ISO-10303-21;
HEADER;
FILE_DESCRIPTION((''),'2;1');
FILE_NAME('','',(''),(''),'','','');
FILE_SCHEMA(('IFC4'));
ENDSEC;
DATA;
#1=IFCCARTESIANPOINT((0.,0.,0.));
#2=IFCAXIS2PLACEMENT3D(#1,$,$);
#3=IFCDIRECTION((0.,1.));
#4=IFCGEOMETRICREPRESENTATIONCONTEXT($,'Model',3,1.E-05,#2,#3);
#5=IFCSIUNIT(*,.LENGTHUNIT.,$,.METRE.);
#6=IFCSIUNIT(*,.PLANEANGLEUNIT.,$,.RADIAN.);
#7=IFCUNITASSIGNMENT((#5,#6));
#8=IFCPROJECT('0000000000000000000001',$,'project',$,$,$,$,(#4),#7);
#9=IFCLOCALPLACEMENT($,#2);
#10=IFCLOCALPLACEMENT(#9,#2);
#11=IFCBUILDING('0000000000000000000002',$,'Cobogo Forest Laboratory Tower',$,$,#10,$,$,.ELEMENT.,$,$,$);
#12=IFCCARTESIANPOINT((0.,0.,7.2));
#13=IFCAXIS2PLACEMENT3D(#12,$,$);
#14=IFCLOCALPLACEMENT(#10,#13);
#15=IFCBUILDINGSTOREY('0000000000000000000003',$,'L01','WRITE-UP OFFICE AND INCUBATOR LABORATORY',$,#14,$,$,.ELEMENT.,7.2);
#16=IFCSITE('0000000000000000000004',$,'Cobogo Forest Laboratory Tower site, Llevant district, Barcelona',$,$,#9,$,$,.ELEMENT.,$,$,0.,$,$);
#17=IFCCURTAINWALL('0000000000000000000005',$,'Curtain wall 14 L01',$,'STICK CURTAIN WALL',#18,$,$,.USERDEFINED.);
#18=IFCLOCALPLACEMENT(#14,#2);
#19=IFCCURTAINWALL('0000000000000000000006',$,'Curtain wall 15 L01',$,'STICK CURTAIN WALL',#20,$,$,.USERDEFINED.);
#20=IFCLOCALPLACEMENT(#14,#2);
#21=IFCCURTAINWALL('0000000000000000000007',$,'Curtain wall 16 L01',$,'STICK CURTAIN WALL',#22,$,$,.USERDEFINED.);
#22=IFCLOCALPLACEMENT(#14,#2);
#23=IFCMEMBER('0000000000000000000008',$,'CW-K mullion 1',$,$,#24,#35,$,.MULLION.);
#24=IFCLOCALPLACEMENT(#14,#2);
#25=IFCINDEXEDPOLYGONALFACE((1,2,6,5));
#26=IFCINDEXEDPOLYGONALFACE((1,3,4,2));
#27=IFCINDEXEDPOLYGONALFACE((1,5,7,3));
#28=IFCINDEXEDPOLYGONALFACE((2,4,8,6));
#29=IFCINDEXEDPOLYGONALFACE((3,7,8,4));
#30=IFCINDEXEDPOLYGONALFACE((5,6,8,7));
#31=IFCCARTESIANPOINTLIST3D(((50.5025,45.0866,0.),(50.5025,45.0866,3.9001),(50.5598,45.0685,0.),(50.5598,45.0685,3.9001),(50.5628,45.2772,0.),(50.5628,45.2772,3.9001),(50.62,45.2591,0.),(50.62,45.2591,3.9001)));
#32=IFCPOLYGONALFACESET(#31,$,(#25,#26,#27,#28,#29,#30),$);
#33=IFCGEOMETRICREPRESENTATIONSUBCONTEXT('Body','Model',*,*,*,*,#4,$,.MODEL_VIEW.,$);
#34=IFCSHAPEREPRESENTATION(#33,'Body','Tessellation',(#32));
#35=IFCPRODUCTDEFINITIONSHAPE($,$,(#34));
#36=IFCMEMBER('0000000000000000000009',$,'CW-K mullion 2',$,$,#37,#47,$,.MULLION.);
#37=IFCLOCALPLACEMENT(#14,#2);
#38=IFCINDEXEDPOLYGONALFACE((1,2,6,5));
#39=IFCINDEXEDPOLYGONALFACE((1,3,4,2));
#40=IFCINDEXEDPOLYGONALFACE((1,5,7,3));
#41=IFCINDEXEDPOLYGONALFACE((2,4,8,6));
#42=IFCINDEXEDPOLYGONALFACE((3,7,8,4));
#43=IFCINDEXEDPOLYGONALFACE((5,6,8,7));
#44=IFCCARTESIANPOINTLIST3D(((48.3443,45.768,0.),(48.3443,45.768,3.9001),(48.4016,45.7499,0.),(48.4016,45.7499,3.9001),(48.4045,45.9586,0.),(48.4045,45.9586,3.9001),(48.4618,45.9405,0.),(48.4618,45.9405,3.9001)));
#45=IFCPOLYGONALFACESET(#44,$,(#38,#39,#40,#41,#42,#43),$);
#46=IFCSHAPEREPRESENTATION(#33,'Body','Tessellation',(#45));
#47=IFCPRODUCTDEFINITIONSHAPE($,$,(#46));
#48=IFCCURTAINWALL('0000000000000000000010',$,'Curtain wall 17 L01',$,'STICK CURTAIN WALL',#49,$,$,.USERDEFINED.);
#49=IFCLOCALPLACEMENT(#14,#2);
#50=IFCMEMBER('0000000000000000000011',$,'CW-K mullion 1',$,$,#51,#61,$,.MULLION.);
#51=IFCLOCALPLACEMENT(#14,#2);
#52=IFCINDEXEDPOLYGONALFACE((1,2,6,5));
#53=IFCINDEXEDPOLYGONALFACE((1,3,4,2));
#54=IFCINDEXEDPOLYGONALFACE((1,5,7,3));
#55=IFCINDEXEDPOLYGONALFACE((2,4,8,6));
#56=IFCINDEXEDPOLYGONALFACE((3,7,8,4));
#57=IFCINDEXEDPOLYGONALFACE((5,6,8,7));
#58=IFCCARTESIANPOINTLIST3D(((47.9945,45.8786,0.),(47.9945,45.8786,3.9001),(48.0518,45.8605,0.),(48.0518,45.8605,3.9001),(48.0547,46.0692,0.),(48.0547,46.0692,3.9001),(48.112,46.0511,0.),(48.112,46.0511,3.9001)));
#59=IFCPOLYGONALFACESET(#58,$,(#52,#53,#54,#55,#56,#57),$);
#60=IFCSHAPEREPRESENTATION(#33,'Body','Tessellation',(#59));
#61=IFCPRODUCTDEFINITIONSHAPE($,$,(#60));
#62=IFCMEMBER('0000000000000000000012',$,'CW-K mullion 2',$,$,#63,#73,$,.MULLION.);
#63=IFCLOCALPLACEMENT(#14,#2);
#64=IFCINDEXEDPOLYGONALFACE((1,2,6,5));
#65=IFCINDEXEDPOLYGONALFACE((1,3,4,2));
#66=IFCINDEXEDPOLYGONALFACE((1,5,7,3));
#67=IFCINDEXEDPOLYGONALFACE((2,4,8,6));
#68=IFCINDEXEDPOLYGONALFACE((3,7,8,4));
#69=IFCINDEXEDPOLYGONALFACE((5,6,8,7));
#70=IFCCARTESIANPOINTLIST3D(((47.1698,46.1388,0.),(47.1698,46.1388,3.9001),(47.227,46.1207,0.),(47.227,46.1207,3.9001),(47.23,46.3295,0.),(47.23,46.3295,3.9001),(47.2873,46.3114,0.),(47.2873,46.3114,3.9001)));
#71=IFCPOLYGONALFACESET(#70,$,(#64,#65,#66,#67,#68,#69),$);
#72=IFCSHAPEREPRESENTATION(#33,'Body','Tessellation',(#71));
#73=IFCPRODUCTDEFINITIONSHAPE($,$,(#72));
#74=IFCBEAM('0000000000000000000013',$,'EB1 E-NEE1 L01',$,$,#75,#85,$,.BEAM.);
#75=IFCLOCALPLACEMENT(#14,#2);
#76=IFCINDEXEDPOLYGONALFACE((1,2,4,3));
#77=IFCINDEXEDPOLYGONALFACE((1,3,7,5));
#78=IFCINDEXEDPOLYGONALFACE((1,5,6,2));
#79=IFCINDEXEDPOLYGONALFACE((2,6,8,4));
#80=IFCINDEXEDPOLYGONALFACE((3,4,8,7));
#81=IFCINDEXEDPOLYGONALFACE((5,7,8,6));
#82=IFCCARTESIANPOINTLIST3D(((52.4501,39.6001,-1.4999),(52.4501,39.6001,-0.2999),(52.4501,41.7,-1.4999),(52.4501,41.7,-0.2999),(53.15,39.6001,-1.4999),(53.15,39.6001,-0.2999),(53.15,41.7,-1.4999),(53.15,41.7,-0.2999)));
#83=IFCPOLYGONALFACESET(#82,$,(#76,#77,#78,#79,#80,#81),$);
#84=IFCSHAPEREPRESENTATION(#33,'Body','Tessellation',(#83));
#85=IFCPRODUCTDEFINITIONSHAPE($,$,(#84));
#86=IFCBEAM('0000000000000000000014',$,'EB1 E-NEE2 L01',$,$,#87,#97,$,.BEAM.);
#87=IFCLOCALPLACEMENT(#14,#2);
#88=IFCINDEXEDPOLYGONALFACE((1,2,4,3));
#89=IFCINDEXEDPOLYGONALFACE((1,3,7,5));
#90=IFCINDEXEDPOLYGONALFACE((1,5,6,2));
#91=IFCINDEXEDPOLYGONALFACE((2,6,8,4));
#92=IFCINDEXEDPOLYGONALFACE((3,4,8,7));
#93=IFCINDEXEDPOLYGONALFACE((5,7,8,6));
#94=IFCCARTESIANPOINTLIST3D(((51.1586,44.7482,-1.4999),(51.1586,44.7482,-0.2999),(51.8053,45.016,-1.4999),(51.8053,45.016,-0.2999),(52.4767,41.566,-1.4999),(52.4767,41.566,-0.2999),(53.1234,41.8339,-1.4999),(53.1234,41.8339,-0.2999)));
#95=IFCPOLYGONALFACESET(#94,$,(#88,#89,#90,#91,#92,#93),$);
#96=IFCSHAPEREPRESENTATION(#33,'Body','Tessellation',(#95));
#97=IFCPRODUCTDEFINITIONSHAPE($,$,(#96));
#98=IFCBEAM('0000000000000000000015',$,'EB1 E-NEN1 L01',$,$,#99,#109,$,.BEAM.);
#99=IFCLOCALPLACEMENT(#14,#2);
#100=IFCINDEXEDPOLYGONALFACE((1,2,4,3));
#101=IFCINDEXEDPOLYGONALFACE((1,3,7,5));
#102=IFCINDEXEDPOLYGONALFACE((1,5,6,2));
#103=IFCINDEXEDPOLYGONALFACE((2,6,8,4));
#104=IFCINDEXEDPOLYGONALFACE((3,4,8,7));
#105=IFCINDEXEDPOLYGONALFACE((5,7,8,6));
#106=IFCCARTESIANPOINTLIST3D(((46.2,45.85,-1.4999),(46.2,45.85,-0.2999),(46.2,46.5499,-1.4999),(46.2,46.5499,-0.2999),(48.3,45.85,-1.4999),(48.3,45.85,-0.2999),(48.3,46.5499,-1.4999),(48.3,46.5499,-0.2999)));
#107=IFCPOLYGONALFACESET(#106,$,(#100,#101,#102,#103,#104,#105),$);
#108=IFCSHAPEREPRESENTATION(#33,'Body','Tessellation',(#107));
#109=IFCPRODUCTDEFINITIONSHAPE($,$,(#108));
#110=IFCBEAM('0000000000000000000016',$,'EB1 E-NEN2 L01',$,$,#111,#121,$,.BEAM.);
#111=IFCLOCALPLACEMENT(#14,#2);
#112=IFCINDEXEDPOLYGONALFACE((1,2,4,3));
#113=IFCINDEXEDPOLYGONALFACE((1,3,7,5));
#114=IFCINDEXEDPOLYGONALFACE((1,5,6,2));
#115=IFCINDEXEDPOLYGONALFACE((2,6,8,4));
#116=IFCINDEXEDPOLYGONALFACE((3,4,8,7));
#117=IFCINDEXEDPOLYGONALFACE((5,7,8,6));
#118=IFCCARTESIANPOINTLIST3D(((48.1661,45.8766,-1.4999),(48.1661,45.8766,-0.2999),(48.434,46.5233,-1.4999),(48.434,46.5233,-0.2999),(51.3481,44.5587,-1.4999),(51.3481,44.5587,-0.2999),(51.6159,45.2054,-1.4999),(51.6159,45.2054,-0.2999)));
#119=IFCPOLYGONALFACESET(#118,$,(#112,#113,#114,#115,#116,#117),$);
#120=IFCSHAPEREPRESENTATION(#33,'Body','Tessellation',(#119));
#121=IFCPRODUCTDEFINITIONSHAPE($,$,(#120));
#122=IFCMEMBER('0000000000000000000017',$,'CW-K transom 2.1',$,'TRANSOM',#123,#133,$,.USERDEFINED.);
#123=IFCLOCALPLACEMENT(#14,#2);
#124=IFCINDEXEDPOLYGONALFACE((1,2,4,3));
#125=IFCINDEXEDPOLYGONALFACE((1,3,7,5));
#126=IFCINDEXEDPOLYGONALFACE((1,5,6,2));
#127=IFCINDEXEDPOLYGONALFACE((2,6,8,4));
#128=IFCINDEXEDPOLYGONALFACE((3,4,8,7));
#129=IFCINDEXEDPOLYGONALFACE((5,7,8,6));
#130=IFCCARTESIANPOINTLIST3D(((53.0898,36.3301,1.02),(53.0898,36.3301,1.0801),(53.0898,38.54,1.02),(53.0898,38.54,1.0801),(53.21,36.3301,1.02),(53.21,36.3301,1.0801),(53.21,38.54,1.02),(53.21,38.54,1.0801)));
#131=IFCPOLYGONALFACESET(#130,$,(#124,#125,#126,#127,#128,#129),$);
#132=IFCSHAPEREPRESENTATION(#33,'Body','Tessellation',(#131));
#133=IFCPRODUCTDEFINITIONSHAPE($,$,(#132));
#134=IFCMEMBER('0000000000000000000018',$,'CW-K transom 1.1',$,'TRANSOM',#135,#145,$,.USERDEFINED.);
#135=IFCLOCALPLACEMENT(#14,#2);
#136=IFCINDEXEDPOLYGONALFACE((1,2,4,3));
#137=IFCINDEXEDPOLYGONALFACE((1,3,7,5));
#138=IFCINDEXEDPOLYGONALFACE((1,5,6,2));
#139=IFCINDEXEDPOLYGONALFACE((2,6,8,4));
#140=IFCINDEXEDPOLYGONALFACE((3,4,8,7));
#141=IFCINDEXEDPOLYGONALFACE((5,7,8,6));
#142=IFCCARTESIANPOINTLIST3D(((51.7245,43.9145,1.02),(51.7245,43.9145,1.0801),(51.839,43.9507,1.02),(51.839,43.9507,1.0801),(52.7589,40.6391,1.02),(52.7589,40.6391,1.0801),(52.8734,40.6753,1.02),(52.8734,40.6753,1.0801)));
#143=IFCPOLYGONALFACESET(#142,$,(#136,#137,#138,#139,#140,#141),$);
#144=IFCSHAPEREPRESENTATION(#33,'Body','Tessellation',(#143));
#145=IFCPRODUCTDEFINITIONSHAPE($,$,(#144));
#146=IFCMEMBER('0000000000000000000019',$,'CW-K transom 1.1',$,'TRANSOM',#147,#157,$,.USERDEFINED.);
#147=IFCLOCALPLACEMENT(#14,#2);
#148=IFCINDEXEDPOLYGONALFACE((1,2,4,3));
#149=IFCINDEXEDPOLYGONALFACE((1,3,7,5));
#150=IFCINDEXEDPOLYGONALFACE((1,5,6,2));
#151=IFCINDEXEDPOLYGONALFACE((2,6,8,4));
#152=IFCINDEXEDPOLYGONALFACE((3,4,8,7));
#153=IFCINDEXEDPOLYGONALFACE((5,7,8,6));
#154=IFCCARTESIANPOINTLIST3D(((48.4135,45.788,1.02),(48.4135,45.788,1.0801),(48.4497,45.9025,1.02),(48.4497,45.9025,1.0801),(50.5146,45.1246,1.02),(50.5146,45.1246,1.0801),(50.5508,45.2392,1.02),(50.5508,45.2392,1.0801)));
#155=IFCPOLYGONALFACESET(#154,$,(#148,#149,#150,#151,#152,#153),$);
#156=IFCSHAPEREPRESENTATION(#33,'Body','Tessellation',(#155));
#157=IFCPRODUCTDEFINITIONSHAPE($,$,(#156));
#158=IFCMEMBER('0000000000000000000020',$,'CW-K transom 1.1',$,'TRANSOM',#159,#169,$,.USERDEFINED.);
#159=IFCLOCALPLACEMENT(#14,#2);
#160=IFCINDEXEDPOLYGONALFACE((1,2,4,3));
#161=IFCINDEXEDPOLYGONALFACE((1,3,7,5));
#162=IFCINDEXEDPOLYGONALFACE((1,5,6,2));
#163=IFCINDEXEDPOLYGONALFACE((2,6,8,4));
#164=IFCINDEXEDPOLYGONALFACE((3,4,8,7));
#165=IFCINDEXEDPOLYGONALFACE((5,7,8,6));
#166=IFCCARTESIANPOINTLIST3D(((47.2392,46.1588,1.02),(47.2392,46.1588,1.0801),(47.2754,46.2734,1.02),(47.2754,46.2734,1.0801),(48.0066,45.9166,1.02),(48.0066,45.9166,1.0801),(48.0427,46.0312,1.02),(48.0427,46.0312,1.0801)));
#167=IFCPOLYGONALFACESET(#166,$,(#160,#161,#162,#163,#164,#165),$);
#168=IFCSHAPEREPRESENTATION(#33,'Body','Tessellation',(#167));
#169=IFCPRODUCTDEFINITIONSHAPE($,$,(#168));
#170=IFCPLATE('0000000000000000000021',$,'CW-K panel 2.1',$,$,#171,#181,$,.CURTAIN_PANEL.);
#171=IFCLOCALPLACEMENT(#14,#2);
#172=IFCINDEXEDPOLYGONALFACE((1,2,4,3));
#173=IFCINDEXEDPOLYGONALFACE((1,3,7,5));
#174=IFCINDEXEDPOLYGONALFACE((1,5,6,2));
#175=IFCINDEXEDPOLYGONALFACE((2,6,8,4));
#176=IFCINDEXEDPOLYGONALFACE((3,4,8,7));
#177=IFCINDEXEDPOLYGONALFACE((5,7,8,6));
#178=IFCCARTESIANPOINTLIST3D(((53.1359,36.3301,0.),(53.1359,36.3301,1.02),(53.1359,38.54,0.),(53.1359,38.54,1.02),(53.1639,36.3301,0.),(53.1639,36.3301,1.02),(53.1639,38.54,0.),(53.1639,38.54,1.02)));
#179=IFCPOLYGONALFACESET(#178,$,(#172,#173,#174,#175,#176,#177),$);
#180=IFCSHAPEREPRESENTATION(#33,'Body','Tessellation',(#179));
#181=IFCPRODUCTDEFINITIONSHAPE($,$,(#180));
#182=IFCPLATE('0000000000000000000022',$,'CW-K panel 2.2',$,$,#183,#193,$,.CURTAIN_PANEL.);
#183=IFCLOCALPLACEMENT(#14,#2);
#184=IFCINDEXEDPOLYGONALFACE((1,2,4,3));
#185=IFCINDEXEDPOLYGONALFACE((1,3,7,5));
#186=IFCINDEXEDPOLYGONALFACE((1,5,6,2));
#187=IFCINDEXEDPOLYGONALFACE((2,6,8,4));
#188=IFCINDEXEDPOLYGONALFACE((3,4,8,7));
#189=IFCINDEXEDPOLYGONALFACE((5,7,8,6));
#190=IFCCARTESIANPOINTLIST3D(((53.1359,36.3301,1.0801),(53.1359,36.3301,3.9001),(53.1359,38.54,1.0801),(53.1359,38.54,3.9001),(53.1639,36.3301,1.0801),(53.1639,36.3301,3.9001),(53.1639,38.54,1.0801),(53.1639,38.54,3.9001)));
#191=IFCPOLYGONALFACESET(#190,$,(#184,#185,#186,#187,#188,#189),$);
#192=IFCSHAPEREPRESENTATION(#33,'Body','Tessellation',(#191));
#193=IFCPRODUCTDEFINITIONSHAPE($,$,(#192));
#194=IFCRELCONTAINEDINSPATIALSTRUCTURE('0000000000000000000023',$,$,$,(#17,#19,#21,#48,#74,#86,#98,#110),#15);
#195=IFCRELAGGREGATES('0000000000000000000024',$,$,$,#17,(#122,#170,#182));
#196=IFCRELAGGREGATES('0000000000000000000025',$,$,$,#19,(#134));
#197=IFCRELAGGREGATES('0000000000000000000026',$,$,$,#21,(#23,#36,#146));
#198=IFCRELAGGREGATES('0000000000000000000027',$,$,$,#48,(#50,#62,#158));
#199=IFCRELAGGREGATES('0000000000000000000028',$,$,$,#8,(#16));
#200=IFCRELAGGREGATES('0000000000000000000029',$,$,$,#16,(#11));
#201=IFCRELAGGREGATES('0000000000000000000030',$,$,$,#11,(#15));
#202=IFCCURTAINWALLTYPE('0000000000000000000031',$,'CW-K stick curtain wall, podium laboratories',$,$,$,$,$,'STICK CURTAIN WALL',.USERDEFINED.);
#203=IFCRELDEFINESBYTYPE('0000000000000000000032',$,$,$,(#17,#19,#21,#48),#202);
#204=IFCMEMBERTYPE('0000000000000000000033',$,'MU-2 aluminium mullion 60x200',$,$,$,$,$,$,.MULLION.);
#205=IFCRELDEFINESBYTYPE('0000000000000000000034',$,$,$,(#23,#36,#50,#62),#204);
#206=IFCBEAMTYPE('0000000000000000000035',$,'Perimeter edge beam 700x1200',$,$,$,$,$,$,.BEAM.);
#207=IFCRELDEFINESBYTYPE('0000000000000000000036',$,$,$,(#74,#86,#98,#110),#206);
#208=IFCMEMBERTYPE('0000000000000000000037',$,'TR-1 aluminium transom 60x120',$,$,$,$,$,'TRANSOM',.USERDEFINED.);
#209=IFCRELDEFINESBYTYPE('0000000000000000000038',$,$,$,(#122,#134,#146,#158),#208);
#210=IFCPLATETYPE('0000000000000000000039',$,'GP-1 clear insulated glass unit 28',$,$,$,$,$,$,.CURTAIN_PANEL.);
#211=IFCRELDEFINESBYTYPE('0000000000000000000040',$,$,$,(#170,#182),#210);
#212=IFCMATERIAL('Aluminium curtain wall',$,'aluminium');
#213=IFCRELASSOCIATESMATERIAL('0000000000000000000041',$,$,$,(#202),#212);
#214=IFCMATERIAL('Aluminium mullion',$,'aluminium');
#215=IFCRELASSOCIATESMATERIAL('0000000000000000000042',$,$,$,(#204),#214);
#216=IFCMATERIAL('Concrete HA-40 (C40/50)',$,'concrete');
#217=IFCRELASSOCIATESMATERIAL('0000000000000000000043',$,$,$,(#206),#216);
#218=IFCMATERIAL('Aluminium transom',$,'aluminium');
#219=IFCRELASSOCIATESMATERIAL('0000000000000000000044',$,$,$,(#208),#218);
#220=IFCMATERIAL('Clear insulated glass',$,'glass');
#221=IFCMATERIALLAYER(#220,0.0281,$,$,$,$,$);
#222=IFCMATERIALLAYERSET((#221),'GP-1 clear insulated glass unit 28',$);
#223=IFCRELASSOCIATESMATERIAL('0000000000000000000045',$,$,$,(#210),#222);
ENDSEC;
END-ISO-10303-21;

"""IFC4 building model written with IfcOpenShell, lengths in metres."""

from ifc_helpers import new_model, si_unit, direction, frame, origin, origin_2d, place, context, subcontext, project, spatial, rectangle, extrude, material, layer, layer_set, material_profile, profile_set, type_object, element, aggregate, save


model = new_model("IFC4")

# Units and contexts
model_context = context("Model", 3, precision=1e-05, world=origin(), true_north=direction((0.0, 1.0)))
body_context = subcontext(model_context, "Body", "Model", "MODEL_VIEW")
ifc_project = project(units=[si_unit("LENGTHUNIT", "METRE"), si_unit("PLANEANGLEUNIT", "RADIAN")], contexts=[model_context])

# Site, building, storey
site_placement = place(None, origin())
site = spatial("IfcSite", under=ifc_project, at=site_placement, Name="Cobogo Forest Laboratory Tower site, Llevant district, Barcelona", CompositionType="ELEMENT", RefElevation=0.0)
building_placement = place(site_placement, origin())
building = spatial("IfcBuilding", under=site, at=building_placement, Name="Cobogo Forest Laboratory Tower", CompositionType="ELEMENT")
storey_placement = place(building_placement, frame((0.0, 0.0, 7.2)))
storey = spatial("IfcBuildingStorey", under=building, at=storey_placement, Name="L01", Description="WRITE-UP OFFICE AND INCUBATOR LABORATORY", CompositionType="ELEMENT", Elevation=7.2)

# Shared definitions
ifc_material_1 = material(Name="Concrete HA-40 (C40/50)", Category="concrete")

# Curtain wall
ifc_material_2 = material(Name="Aluminium curtain wall", Category="aluminium")
curtain_wall_type = type_object("IfcCurtainWallType", Name="CW-K stick curtain wall, podium laboratories", ElementType="STICK CURTAIN WALL", PredefinedType="USERDEFINED", material=ifc_material_2)
curtain_wall_1_placement = place(storey_placement, origin())
curtain_wall_1 = element("IfcCurtainWall", 1, at=curtain_wall_1_placement, inside=storey, type_object=curtain_wall_type, Name="Curtain wall 14 L01", ObjectType="STICK CURTAIN WALL", PredefinedType="USERDEFINED")
ifc_material_3 = material(Name="Aluminium mullion", Category="aluminium")
ifc_material_profile_1 = material_profile(ifc_material_3, rectangle(XDim=0.0601, YDim=0.2, at=origin_2d()), Name="AL 60x200")
ifc_profile_set_1 = profile_set([ifc_material_profile_1], Name="Aluminium mullion")
member_type_1 = type_object("IfcMemberType", Name="MU-2 aluminium mullion 60x200", PredefinedType="MULLION", material=ifc_profile_set_1)

# Curtain walls, members
curtain_wall_2_placement = place(storey_placement, origin())
curtain_wall_2 = element("IfcCurtainWall", 2, at=curtain_wall_2_placement, inside=storey, type_object=curtain_wall_type, Name="Curtain wall 15 L01", ObjectType="STICK CURTAIN WALL", PredefinedType="USERDEFINED")
curtain_wall_3_placement = place(storey_placement, origin())
curtain_wall_3 = element("IfcCurtainWall", 3, at=curtain_wall_3_placement, inside=storey, type_object=curtain_wall_type, Name="Curtain wall 16 L01", ObjectType="STICK CURTAIN WALL", PredefinedType="USERDEFINED")
member_1_placement = place(storey_placement, frame((50.5613, 45.1729, 0.0), z_axis=(0.0, 0.0, 1.0), x_axis=(-0.953581, 0.301135, 0.0)))
member_1 = element("IfcMember", 4, at=member_1_placement, type_object=member_type_1, Name="CW-K mullion 1", PredefinedType="MULLION", context=body_context, shape_type="SweptSolid", body=[
    extrude(rectangle(XDim=0.0601, YDim=0.2, at=origin_2d()), origin(), (0.0, 0.0, 1.0), 3.9001),
])
member_2_placement = place(storey_placement, frame((48.4031, 45.8542, 0.0), z_axis=(0.0, 0.0, 1.0), x_axis=(-0.953581, 0.301135, 0.0)))
member_2 = element("IfcMember", 5, at=member_2_placement, type_object=member_type_1, Name="CW-K mullion 2", PredefinedType="MULLION", context=body_context, shape_type="SweptSolid", body=[
    extrude(rectangle(XDim=0.0601, YDim=0.2, at=origin_2d()), origin(), (0.0, 0.0, 1.0), 3.9001),
])
curtain_wall_4_placement = place(storey_placement, origin())
curtain_wall_4 = element("IfcCurtainWall", 6, at=curtain_wall_4_placement, inside=storey, type_object=curtain_wall_type, Name="Curtain wall 17 L01", ObjectType="STICK CURTAIN WALL", PredefinedType="USERDEFINED")
member_3_placement = place(storey_placement, frame((48.0532, 45.9648, 0.0), z_axis=(0.0, 0.0, 1.0), x_axis=(-0.953581, 0.301135, 0.0)))
member_3 = element("IfcMember", 7, at=member_3_placement, type_object=member_type_1, Name="CW-K mullion 1", PredefinedType="MULLION", context=body_context, shape_type="SweptSolid", body=[
    extrude(rectangle(XDim=0.0601, YDim=0.2, at=origin_2d()), origin(), (0.0, 0.0, 1.0), 3.9001),
])
member_4_placement = place(storey_placement, frame((47.2285, 46.2251, 0.0), z_axis=(0.0, 0.0, 1.0), x_axis=(-0.953581, 0.301135, 0.0)))
member_4 = element("IfcMember", 8, at=member_4_placement, type_object=member_type_1, Name="CW-K mullion 2", PredefinedType="MULLION", context=body_context, shape_type="SweptSolid", body=[
    extrude(rectangle(XDim=0.0601, YDim=0.2, at=origin_2d()), origin(), (0.0, 0.0, 1.0), 3.9001),
])

# Beams
ifc_material_profile_2 = material_profile(ifc_material_1, rectangle(XDim=0.7, YDim=1.2, at=origin_2d()), Name="RC 700x1200")
ifc_profile_set_2 = profile_set([ifc_material_profile_2], Name="Concrete HA-40 (C40/50)")
beam_type_1 = type_object("IfcBeamType", Name="Perimeter edge beam 700x1200", PredefinedType="BEAM", material=ifc_profile_set_2)
beam_1_placement = place(storey_placement, frame((52.8, 39.6001, -0.8999), z_axis=(0.0, 1.0, 0.0), x_axis=(-1.0, 0.0, 0.0)))
element("IfcBeam", 9, at=beam_1_placement, inside=storey, type_object=beam_type_1, Name="EB1 E-NEE1 L01", PredefinedType="BEAM", context=body_context, shape_type="SweptSolid", body=[
    extrude(rectangle(XDim=0.7, YDim=1.2, at=origin_2d()), origin(), (0.0, 0.0, 1.0), 2.0999),
])
beam_2_placement = place(storey_placement, frame((52.8, 41.7, -0.8999), z_axis=(-0.382692, 0.923876, 0.0), x_axis=(-0.923876, -0.382692, 0.0)))
element("IfcBeam", 10, at=beam_2_placement, inside=storey, type_object=beam_type_1, Name="EB1 E-NEE2 L01", PredefinedType="BEAM", context=body_context, shape_type="SweptSolid", body=[
    extrude(rectangle(XDim=0.7, YDim=1.2, at=origin_2d()), origin(), (0.0, 0.0, 1.0), 3.4443),
])
beam_3_placement = place(storey_placement, frame((46.2, 46.2, -0.8999), z_axis=(1.0, 0.0, 0.0), x_axis=(0.0, 1.0, 0.0)))
element("IfcBeam", 11, at=beam_3_placement, inside=storey, type_object=beam_type_1, Name="EB1 E-NEN1 L01", PredefinedType="BEAM", context=body_context, shape_type="SweptSolid", body=[
    extrude(rectangle(XDim=0.7, YDim=1.2, at=origin_2d()), origin(), (0.0, 0.0, 1.0), 2.1001),
])
beam_4_placement = place(storey_placement, frame((48.3, 46.2, -0.8999), z_axis=(0.923891, -0.382656, 0.0), x_axis=(0.382656, 0.923891, 0.0)))
element("IfcBeam", 12, at=beam_4_placement, inside=storey, type_object=beam_type_1, Name="EB1 E-NEN2 L01", PredefinedType="BEAM", context=body_context, shape_type="SweptSolid", body=[
    extrude(rectangle(XDim=0.7, YDim=1.2, at=origin_2d()), origin(), (0.0, 0.0, 1.0), 3.4441),
])

# Members
ifc_material_4 = material(Name="Aluminium transom", Category="aluminium")
ifc_material_profile_3 = material_profile(ifc_material_4, rectangle(XDim=0.1201, YDim=0.0601, at=origin_2d()), Name="AL 60x120")
ifc_profile_set_3 = profile_set([ifc_material_profile_3], Name="Aluminium transom")
member_type_2 = type_object("IfcMemberType", Name="TR-1 aluminium transom 60x120", ElementType="TRANSOM", PredefinedType="USERDEFINED", material=ifc_profile_set_3)
member_5_placement = place(storey_placement, frame((53.1499, 36.3301, 1.05), z_axis=(0.0, 1.0, 0.0), x_axis=(-1.0, 0.0, 0.0)))
member_5 = element("IfcMember", 13, at=member_5_placement, type_object=member_type_2, Name="CW-K transom 2.1", ObjectType="TRANSOM", PredefinedType="USERDEFINED", context=body_context, shape_type="SweptSolid", body=[
    extrude(rectangle(XDim=0.1201, YDim=0.0601, at=origin_2d()), origin(), (0.0, 0.0, 1.0), 2.21),
])
member_6_placement = place(storey_placement, frame((52.8162, 40.6572, 1.05), z_axis=(-0.301155, 0.953575, 0.0), x_axis=(-0.953575, -0.301155, 0.0)))
member_6 = element("IfcMember", 14, at=member_6_placement, type_object=member_type_2, Name="CW-K transom 1.1", ObjectType="TRANSOM", PredefinedType="USERDEFINED", context=body_context, shape_type="SweptSolid", body=[
    extrude(rectangle(XDim=0.1201, YDim=0.0601, at=origin_2d()), origin(), (0.0, 0.0, 1.0), 3.4348),
])
member_7_placement = place(storey_placement, frame((50.5327, 45.1819, 1.05), z_axis=(-0.953604, 0.301062, 0.0), x_axis=(-0.301062, -0.953604, 0.0)))
member_7 = element("IfcMember", 15, at=member_7_placement, type_object=member_type_2, Name="CW-K transom 1.1", ObjectType="TRANSOM", PredefinedType="USERDEFINED", context=body_context, shape_type="SweptSolid", body=[
    extrude(rectangle(XDim=0.1201, YDim=0.0601, at=origin_2d()), origin(), (0.0, 0.0, 1.0), 2.2034),
])
member_8_placement = place(storey_placement, frame((48.0247, 45.9739, 1.05), z_axis=(-0.953629, 0.300986, 0.0), x_axis=(-0.300986, -0.953629, 0.0)))
member_8 = element("IfcMember", 16, at=member_8_placement, type_object=member_type_2, Name="CW-K transom 1.1", ObjectType="TRANSOM", PredefinedType="USERDEFINED", context=body_context, shape_type="SweptSolid", body=[
    extrude(rectangle(XDim=0.1201, YDim=0.0601, at=origin_2d()), origin(), (0.0, 0.0, 1.0), 0.8047),
])

# Plates
ifc_material_5 = material(Name="Clear insulated glass", Category="glass")
ifc_layer_1 = layer(ifc_material_5, 0.0281)
ifc_layer_set_1 = layer_set([ifc_layer_1], Name="GP-1 clear insulated glass unit 28")
plate_type = type_object("IfcPlateType", Name="GP-1 clear insulated glass unit 28", PredefinedType="CURTAIN_PANEL", material=ifc_layer_set_1)
plate_1_placement = place(storey_placement, frame((53.1499, 37.4351, 0.0), z_axis=(0.0, 0.0, 1.0), x_axis=(0.0, 1.0, 0.0)))
plate_1 = element("IfcPlate", 17, at=plate_1_placement, type_object=plate_type, Name="CW-K panel 2.1", PredefinedType="CURTAIN_PANEL", context=body_context, shape_type="SweptSolid", body=[
    extrude(rectangle(XDim=2.21, YDim=0.0281, at=origin_2d()), origin(), (0.0, 0.0, 1.0), 1.02),
])
plate_2_placement = place(storey_placement, frame((53.1499, 37.4351, 1.0801), z_axis=(0.0, 0.0, 1.0), x_axis=(0.0, 1.0, 0.0)))
plate_2 = element("IfcPlate", 18, at=plate_2_placement, type_object=plate_type, Name="CW-K panel 2.2", PredefinedType="CURTAIN_PANEL", context=body_context, shape_type="SweptSolid", body=[
    extrude(rectangle(XDim=2.21, YDim=0.0281, at=origin_2d()), origin(), (0.0, 0.0, 1.0), 2.8201),
])
aggregate(curtain_wall_1, [member_5, plate_1, plate_2])
aggregate(curtain_wall_2, [member_6])
aggregate(curtain_wall_3, [member_1, member_2, member_7])
aggregate(curtain_wall_4, [member_3, member_4, member_8])

save(model, "model.ifc")
